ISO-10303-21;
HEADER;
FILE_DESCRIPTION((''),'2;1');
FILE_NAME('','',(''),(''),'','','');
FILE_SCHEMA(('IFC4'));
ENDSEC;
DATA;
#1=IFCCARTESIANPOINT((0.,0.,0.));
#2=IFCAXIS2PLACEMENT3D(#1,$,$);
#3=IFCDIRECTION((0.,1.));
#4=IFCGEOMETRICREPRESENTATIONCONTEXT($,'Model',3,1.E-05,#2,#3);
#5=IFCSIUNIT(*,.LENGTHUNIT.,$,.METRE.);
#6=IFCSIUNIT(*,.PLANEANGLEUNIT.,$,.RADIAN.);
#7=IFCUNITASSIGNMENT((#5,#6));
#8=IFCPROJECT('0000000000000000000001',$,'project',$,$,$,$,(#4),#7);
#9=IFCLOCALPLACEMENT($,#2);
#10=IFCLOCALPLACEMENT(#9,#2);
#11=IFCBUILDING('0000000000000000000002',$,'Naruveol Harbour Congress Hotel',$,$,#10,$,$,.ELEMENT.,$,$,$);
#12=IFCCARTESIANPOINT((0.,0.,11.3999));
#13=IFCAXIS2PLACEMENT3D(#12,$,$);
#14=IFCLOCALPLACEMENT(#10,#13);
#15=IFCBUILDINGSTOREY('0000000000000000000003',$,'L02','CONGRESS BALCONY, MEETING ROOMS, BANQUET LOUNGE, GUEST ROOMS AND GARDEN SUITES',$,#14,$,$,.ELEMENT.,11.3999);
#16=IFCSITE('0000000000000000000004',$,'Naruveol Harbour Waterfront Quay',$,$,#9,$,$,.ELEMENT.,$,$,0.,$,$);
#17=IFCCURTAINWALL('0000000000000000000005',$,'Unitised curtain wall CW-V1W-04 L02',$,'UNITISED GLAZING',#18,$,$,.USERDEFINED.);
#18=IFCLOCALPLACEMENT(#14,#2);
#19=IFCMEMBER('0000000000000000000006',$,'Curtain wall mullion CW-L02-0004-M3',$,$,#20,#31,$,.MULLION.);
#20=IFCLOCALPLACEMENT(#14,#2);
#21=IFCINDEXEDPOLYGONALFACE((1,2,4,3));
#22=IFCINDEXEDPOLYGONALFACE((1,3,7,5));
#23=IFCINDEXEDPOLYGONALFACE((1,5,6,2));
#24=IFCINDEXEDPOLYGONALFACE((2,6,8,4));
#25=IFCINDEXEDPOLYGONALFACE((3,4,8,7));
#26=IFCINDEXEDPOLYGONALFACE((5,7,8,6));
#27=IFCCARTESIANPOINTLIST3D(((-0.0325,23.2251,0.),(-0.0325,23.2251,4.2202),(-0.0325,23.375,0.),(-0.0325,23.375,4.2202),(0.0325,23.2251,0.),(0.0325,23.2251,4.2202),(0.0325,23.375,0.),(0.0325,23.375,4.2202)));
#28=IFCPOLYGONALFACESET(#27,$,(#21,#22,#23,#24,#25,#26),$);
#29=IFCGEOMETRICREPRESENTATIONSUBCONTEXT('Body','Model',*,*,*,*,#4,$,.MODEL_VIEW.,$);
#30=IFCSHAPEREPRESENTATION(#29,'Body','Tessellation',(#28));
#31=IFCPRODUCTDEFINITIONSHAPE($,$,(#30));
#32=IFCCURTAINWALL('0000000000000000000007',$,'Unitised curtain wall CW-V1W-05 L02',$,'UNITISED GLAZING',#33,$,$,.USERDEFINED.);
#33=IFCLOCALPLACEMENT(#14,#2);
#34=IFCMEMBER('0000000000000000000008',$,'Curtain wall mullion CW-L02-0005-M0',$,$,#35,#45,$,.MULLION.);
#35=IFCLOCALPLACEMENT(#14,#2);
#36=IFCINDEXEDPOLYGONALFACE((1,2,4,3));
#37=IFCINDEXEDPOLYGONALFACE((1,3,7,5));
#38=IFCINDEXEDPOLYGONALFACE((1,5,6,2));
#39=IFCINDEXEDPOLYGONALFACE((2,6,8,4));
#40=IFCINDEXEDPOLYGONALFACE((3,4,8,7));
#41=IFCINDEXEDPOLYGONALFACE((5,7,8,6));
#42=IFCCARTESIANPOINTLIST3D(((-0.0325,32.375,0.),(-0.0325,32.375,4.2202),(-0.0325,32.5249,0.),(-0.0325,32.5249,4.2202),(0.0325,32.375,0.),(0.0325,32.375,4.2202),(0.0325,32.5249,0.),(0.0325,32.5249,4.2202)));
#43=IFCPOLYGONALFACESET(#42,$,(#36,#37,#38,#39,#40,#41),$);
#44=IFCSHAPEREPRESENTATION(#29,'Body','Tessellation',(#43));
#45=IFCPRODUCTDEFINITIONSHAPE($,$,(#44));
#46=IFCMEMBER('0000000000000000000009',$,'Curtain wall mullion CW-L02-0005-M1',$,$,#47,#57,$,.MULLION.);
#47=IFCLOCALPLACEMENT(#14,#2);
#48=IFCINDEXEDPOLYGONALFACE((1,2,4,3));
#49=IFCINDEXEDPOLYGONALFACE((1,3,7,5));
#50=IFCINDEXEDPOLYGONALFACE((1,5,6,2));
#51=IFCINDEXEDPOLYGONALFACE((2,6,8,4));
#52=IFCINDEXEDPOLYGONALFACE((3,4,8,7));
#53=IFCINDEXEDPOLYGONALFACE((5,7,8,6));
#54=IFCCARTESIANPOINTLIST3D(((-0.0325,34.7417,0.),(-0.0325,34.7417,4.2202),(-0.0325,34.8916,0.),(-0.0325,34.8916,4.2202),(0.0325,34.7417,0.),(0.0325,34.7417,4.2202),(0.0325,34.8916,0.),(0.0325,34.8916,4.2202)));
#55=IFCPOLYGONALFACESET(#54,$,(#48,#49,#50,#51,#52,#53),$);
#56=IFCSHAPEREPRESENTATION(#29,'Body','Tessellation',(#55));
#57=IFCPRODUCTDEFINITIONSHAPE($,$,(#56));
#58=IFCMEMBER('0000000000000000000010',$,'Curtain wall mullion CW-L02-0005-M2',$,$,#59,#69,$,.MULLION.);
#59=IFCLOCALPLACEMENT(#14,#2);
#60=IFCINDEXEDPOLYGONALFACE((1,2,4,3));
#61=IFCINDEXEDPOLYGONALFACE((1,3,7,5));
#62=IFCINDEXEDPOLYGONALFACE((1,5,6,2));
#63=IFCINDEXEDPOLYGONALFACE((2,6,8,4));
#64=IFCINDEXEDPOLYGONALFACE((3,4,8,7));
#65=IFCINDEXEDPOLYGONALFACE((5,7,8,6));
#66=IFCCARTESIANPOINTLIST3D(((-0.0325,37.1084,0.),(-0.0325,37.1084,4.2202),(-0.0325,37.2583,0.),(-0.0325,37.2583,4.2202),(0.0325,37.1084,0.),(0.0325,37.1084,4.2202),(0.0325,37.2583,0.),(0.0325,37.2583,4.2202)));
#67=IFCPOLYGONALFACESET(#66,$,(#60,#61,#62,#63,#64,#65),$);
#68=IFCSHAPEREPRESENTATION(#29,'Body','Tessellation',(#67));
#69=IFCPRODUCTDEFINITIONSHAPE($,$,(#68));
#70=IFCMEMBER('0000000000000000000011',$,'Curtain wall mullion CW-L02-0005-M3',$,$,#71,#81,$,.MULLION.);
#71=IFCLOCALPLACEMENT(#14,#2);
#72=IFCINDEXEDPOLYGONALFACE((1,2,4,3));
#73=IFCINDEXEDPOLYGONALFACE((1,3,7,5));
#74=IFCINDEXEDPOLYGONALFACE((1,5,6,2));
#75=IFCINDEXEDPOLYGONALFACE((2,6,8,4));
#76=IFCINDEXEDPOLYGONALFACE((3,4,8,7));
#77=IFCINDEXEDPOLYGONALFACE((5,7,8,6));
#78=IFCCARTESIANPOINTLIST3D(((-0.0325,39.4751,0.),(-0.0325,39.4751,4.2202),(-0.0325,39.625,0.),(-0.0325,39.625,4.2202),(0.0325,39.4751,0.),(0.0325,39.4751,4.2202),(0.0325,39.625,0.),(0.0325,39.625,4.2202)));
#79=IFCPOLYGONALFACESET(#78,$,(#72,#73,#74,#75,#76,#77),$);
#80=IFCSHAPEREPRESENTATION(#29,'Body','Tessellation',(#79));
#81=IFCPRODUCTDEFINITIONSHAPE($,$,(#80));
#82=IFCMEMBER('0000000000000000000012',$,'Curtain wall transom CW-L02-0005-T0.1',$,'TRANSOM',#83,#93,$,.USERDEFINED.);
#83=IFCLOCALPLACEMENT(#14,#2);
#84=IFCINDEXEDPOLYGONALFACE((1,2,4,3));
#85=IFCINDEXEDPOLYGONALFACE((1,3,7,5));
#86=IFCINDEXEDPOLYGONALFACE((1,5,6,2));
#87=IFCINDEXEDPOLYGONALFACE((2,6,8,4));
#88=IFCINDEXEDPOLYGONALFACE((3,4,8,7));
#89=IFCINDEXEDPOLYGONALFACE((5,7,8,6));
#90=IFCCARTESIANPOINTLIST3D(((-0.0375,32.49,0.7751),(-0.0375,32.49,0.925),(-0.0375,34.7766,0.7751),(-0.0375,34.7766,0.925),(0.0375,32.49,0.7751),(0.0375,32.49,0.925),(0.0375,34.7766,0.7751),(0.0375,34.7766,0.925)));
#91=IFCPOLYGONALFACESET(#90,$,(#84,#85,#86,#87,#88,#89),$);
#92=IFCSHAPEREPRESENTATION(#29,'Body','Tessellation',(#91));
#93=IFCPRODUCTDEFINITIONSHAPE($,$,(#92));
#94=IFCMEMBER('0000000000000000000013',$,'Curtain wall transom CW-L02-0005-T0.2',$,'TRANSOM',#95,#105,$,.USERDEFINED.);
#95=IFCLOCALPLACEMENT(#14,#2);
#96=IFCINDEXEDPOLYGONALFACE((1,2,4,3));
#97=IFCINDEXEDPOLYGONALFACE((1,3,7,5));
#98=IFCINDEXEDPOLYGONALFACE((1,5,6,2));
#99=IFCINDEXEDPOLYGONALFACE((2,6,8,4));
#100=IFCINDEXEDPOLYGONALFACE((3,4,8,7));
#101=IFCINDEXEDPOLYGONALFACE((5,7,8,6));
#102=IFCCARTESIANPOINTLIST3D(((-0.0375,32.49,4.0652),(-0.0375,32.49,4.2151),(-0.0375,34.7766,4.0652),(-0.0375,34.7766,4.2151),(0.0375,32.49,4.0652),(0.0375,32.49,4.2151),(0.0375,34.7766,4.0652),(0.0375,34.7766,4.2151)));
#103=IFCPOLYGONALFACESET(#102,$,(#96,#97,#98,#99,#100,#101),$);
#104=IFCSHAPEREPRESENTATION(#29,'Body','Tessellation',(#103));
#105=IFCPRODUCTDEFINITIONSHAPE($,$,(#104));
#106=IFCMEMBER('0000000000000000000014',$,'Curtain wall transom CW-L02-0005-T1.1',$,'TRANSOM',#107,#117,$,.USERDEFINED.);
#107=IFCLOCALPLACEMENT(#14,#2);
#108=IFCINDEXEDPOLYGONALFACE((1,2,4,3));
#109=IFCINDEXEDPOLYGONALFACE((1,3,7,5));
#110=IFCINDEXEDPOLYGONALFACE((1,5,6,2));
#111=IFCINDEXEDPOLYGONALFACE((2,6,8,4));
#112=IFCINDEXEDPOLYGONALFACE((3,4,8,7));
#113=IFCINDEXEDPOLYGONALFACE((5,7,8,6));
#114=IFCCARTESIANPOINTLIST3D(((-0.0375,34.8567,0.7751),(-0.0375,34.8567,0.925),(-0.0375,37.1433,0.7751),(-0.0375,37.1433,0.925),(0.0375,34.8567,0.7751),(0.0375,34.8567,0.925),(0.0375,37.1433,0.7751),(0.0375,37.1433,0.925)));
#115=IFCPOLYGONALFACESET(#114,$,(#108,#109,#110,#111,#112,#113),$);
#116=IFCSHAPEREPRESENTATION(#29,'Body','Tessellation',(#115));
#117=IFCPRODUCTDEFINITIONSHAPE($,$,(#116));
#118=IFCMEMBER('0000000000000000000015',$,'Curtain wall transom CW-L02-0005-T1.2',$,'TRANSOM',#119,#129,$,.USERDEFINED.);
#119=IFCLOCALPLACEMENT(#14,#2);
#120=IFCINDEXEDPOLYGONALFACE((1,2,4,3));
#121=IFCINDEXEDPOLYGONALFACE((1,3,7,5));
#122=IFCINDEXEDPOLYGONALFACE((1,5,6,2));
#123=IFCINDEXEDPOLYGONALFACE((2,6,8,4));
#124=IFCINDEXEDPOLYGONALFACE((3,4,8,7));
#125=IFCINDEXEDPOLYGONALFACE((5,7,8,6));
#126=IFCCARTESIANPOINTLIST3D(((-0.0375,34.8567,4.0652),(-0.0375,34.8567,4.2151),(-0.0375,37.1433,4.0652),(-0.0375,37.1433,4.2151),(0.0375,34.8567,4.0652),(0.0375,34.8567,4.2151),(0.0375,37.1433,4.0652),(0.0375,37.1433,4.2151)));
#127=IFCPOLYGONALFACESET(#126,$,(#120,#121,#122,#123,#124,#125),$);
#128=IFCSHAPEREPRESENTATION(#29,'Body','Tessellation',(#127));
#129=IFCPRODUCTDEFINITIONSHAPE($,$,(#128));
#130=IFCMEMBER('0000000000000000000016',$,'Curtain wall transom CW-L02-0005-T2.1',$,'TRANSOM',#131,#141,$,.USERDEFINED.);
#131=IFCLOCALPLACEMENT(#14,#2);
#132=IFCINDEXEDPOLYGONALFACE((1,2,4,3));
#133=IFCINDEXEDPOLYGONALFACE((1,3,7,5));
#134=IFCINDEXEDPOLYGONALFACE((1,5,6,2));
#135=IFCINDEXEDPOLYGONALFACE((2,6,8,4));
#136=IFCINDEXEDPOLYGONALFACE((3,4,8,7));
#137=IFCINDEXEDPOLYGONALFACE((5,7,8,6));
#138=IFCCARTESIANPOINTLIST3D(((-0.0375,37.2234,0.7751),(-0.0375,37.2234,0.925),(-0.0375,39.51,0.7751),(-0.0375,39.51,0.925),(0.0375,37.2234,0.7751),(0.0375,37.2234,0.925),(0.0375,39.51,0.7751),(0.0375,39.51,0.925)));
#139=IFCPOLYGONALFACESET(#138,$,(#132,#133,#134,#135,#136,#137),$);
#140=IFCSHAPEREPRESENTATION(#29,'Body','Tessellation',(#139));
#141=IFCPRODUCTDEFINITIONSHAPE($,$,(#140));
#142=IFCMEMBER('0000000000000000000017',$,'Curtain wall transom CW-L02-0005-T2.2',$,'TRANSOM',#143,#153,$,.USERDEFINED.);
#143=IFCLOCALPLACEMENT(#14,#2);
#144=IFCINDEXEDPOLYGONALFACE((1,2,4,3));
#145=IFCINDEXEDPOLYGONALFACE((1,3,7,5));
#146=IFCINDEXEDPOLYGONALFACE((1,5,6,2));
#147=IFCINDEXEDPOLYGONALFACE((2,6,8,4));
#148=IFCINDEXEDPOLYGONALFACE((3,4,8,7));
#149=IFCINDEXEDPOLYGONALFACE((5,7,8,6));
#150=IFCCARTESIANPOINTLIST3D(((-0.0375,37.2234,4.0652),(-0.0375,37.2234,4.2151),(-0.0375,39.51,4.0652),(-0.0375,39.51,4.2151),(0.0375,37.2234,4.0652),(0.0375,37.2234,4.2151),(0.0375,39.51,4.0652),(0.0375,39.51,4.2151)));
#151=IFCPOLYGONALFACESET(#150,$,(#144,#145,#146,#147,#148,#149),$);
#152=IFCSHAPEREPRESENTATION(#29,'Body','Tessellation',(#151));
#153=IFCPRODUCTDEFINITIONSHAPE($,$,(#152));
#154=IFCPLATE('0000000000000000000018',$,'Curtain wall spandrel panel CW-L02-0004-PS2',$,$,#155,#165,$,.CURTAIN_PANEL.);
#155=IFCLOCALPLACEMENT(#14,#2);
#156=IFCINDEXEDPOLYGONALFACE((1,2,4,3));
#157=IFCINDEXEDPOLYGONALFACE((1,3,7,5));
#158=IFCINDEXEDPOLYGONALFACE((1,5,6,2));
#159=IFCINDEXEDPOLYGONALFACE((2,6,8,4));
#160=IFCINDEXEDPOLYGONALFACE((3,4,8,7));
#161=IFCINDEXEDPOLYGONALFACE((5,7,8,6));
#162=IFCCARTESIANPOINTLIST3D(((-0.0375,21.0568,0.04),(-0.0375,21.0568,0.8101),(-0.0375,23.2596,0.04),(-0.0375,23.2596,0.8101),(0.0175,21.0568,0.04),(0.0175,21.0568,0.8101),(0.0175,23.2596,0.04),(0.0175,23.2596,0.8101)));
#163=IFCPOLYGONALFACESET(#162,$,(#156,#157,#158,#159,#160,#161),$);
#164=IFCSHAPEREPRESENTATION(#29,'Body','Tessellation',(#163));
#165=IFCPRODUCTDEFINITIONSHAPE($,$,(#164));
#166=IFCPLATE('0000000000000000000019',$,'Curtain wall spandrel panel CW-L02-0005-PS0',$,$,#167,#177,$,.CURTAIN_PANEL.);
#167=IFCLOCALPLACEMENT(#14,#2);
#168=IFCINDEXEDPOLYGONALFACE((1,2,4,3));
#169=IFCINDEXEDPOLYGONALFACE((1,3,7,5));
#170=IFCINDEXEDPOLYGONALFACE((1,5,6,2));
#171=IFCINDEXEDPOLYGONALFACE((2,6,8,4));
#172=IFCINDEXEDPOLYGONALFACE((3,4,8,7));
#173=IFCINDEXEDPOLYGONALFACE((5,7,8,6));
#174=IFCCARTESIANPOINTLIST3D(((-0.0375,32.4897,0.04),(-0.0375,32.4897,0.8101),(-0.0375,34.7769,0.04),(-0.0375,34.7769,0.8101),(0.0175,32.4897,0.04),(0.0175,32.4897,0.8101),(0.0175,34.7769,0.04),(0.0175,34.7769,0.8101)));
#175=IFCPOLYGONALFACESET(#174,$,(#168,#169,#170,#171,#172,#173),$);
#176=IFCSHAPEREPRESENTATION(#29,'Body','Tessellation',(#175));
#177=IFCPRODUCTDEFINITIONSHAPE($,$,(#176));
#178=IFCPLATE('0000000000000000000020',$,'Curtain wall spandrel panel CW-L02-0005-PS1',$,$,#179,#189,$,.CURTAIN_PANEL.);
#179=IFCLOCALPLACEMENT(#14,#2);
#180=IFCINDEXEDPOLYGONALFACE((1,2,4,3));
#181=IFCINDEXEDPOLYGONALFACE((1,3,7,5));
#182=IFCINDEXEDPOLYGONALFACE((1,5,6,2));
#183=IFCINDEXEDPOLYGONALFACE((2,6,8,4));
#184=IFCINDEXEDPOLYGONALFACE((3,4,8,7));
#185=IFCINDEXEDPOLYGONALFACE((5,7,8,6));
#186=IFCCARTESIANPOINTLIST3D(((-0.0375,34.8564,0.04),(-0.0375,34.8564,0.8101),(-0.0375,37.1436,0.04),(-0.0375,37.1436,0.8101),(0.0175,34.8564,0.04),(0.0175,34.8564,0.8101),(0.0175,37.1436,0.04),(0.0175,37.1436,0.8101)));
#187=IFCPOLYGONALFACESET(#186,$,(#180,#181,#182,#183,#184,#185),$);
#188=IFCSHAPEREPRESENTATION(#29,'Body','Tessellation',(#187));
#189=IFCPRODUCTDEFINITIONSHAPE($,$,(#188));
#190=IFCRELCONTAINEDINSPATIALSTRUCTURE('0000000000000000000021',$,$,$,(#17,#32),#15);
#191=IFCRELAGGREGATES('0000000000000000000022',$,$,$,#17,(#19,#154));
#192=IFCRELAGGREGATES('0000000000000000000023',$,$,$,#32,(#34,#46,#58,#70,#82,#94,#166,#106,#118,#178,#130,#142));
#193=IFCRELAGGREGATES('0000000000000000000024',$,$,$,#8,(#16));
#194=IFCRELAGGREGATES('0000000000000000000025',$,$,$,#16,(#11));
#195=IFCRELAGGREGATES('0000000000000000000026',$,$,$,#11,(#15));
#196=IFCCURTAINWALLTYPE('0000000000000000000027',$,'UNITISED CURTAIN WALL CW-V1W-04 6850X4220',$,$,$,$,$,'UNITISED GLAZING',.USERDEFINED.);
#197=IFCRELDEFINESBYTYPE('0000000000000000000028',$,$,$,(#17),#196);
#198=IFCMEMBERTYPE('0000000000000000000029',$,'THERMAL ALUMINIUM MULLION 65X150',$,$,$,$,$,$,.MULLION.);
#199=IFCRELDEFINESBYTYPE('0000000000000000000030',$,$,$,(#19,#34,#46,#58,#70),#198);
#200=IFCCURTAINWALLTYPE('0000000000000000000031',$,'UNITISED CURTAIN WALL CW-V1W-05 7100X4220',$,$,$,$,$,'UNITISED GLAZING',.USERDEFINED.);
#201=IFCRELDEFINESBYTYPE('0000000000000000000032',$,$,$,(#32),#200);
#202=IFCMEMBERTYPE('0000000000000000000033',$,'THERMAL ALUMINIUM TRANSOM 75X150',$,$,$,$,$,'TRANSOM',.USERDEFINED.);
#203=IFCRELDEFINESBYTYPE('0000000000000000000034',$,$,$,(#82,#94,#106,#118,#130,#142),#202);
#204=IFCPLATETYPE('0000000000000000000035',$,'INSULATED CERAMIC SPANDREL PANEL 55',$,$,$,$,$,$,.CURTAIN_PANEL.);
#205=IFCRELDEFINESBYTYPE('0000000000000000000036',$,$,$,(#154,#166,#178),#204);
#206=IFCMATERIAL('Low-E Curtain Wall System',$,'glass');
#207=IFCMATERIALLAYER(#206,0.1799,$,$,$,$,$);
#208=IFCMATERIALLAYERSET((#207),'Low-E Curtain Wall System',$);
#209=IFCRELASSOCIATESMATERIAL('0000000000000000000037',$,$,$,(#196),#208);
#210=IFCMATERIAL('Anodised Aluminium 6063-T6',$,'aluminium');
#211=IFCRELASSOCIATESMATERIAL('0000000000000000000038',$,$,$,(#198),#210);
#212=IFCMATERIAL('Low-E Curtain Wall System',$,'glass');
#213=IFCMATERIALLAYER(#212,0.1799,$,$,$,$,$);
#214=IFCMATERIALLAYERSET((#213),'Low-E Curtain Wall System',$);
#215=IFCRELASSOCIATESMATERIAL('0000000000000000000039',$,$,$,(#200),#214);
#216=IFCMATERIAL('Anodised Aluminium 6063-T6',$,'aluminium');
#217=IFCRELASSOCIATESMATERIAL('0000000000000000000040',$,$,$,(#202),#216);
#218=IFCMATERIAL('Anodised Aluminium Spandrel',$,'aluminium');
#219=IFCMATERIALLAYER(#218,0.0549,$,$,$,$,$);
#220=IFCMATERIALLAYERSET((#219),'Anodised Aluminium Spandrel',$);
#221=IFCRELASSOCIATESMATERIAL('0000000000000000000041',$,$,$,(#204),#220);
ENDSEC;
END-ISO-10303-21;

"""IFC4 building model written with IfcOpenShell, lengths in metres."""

from ifc_helpers import new_model, si_unit, direction, frame, origin, origin_2d, place, context, subcontext, project, spatial, rectangle, extrude, material, layer, layer_set, material_profile, profile_set, type_object, element, aggregate, save


model = new_model("IFC4")

# Units and contexts
model_context = context("Model", 3, precision=1e-05, world=origin(), true_north=direction((0.0, 1.0)))
body_context = subcontext(model_context, "Body", "Model", "MODEL_VIEW")
ifc_project = project(units=[si_unit("LENGTHUNIT", "METRE"), si_unit("PLANEANGLEUNIT", "RADIAN")], contexts=[model_context])

# Site, building, storey
site_placement = place(None, origin())
site = spatial("IfcSite", under=ifc_project, at=site_placement, Name="Naruveol Harbour Waterfront Quay", CompositionType="ELEMENT", RefElevation=0.0)
building_placement = place(site_placement, origin())
building = spatial("IfcBuilding", under=site, at=building_placement, Name="Naruveol Harbour Congress Hotel", CompositionType="ELEMENT")
storey_placement = place(building_placement, frame((0.0, 0.0, 11.3999)))
storey = spatial("IfcBuildingStorey", under=building, at=storey_placement, Name="L02", Description="CONGRESS BALCONY, MEETING ROOMS, BANQUET LOUNGE, GUEST ROOMS AND GARDEN SUITES", CompositionType="ELEMENT", Elevation=11.3999)

# Curtain wall, member
ifc_material_1 = material(Name="Low-E Curtain Wall System", Category="glass")
ifc_layer_1 = layer(ifc_material_1, 0.1799)
ifc_layer_set_1 = layer_set([ifc_layer_1], Name="Low-E Curtain Wall System")
curtain_wall_type_1 = type_object("IfcCurtainWallType", Name="UNITISED CURTAIN WALL CW-V1W-04 6850X4220", ElementType="UNITISED GLAZING", PredefinedType="USERDEFINED", material=ifc_layer_set_1)
curtain_wall_1_placement = place(storey_placement, origin())
curtain_wall_1 = element("IfcCurtainWall", 1, at=curtain_wall_1_placement, inside=storey, type_object=curtain_wall_type_1, Name="Unitised curtain wall CW-V1W-04 L02", ObjectType="UNITISED GLAZING", PredefinedType="USERDEFINED")
ifc_material_2 = material(Name="Anodised Aluminium 6063-T6", Category="aluminium")
ifc_material_profile_1 = material_profile(ifc_material_2, rectangle(XDim=0.0649, YDim=0.1499, at=origin_2d()), Name="ALU-65x150")
ifc_profile_set_1 = profile_set([ifc_material_profile_1], Name="Anodised Aluminium 6063-T6")
member_type_1 = type_object("IfcMemberType", Name="THERMAL ALUMINIUM MULLION 65X150", PredefinedType="MULLION", material=ifc_profile_set_1)
member_1_placement = place(storey_placement, frame((0.0, 23.3, 0.0), z_axis=(0.0, 0.0, 1.0), x_axis=(1.0, 0.0, 0.0)))
member_1 = element("IfcMember", 2, at=member_1_placement, type_object=member_type_1, Name="Curtain wall mullion CW-L02-0004-M3", PredefinedType="MULLION", context=body_context, shape_type="SweptSolid", body=[
    extrude(rectangle(XDim=0.0649, YDim=0.1499, at=origin_2d()), origin(), (0.0, 0.0, 1.0), 4.2202),
])

# Curtain wall, members
ifc_material_3 = material(Name="Low-E Curtain Wall System", Category="glass")
ifc_layer_2 = layer(ifc_material_3, 0.1799)
ifc_layer_set_2 = layer_set([ifc_layer_2], Name="Low-E Curtain Wall System")
curtain_wall_type_2 = type_object("IfcCurtainWallType", Name="UNITISED CURTAIN WALL CW-V1W-05 7100X4220", ElementType="UNITISED GLAZING", PredefinedType="USERDEFINED", material=ifc_layer_set_2)
curtain_wall_2_placement = place(storey_placement, origin())
curtain_wall_2 = element("IfcCurtainWall", 3, at=curtain_wall_2_placement, inside=storey, type_object=curtain_wall_type_2, Name="Unitised curtain wall CW-V1W-05 L02", ObjectType="UNITISED GLAZING", PredefinedType="USERDEFINED")
member_2_placement = place(storey_placement, frame((0.0, 32.45, 0.0), z_axis=(0.0, 0.0, 1.0), x_axis=(1.0, 0.0, 0.0)))
member_2 = element("IfcMember", 4, at=member_2_placement, type_object=member_type_1, Name="Curtain wall mullion CW-L02-0005-M0", PredefinedType="MULLION", context=body_context, shape_type="SweptSolid", body=[
    extrude(rectangle(XDim=0.0649, YDim=0.1499, at=origin_2d()), origin(), (0.0, 0.0, 1.0), 4.2202),
])
member_3_placement = place(storey_placement, frame((0.0, 34.8167, 0.0), z_axis=(0.0, 0.0, 1.0), x_axis=(1.0, 0.0, 0.0)))
member_3 = element("IfcMember", 5, at=member_3_placement, type_object=member_type_1, Name="Curtain wall mullion CW-L02-0005-M1", PredefinedType="MULLION", context=body_context, shape_type="SweptSolid", body=[
    extrude(rectangle(XDim=0.0649, YDim=0.1499, at=origin_2d()), origin(), (0.0, 0.0, 1.0), 4.2202),
])
member_4_placement = place(storey_placement, frame((0.0, 37.1833, 0.0), z_axis=(0.0, 0.0, 1.0), x_axis=(1.0, 0.0, 0.0)))
member_4 = element("IfcMember", 6, at=member_4_placement, type_object=member_type_1, Name="Curtain wall mullion CW-L02-0005-M2", PredefinedType="MULLION", context=body_context, shape_type="SweptSolid", body=[
    extrude(rectangle(XDim=0.0649, YDim=0.1499, at=origin_2d()), origin(), (0.0, 0.0, 1.0), 4.2202),
])
member_5_placement = place(storey_placement, frame((0.0, 39.55, 0.0), z_axis=(0.0, 0.0, 1.0), x_axis=(1.0, 0.0, 0.0)))
member_5 = element("IfcMember", 7, at=member_5_placement, type_object=member_type_1, Name="Curtain wall mullion CW-L02-0005-M3", PredefinedType="MULLION", context=body_context, shape_type="SweptSolid", body=[
    extrude(rectangle(XDim=0.0649, YDim=0.1499, at=origin_2d()), origin(), (0.0, 0.0, 1.0), 4.2202),
])
ifc_material_4 = material(Name="Anodised Aluminium 6063-T6", Category="aluminium")
ifc_material_profile_2 = material_profile(ifc_material_4, rectangle(XDim=0.075, YDim=0.1499, at=origin_2d()), Name="ALU-75x150")
ifc_profile_set_2 = profile_set([ifc_material_profile_2], Name="Anodised Aluminium 6063-T6")
member_type_2 = type_object("IfcMemberType", Name="THERMAL ALUMINIUM TRANSOM 75X150", ElementType="TRANSOM", PredefinedType="USERDEFINED", material=ifc_profile_set_2)
member_6_placement = place(storey_placement, frame((0.0, 32.49, 0.8501), z_axis=(0.0, 1.0, 0.0), x_axis=(-1.0, 0.0, 0.0)))
member_6 = element("IfcMember", 8, at=member_6_placement, type_object=member_type_2, Name="Curtain wall transom CW-L02-0005-T0.1", ObjectType="TRANSOM", PredefinedType="USERDEFINED", context=body_context, shape_type="SweptSolid", body=[
    extrude(rectangle(XDim=0.075, YDim=0.1499, at=origin_2d()), origin(), (0.0, 0.0, 1.0), 2.2866),
])
member_7_placement = place(storey_placement, frame((0.0, 32.49, 4.1401), z_axis=(0.0, 1.0, 0.0), x_axis=(-1.0, 0.0, 0.0)))
member_7 = element("IfcMember", 9, at=member_7_placement, type_object=member_type_2, Name="Curtain wall transom CW-L02-0005-T0.2", ObjectType="TRANSOM", PredefinedType="USERDEFINED", context=body_context, shape_type="SweptSolid", body=[
    extrude(rectangle(XDim=0.075, YDim=0.1499, at=origin_2d()), origin(), (0.0, 0.0, 1.0), 2.2866),
])
member_8_placement = place(storey_placement, frame((0.0, 34.8567, 0.8501), z_axis=(0.0, 1.0, 0.0), x_axis=(-1.0, 0.0, 0.0)))
member_8 = element("IfcMember", 10, at=member_8_placement, type_object=member_type_2, Name="Curtain wall transom CW-L02-0005-T1.1", ObjectType="TRANSOM", PredefinedType="USERDEFINED", context=body_context, shape_type="SweptSolid", body=[
    extrude(rectangle(XDim=0.075, YDim=0.1499, at=origin_2d()), origin(), (0.0, 0.0, 1.0), 2.2866),
])
member_9_placement = place(storey_placement, frame((0.0, 34.8567, 4.1401), z_axis=(0.0, 1.0, 0.0), x_axis=(-1.0, 0.0, 0.0)))
member_9 = element("IfcMember", 11, at=member_9_placement, type_object=member_type_2, Name="Curtain wall transom CW-L02-0005-T1.2", ObjectType="TRANSOM", PredefinedType="USERDEFINED", context=body_context, shape_type="SweptSolid", body=[
    extrude(rectangle(XDim=0.075, YDim=0.1499, at=origin_2d()), origin(), (0.0, 0.0, 1.0), 2.2866),
])
member_10_placement = place(storey_placement, frame((0.0, 37.2234, 0.8501), z_axis=(0.0, 1.0, 0.0), x_axis=(-1.0, 0.0, 0.0)))
member_10 = element("IfcMember", 12, at=member_10_placement, type_object=member_type_2, Name="Curtain wall transom CW-L02-0005-T2.1", ObjectType="TRANSOM", PredefinedType="USERDEFINED", context=body_context, shape_type="SweptSolid", body=[
    extrude(rectangle(XDim=0.075, YDim=0.1499, at=origin_2d()), origin(), (0.0, 0.0, 1.0), 2.2866),
])
member_11_placement = place(storey_placement, frame((0.0, 37.2234, 4.1401), z_axis=(0.0, 1.0, 0.0), x_axis=(-1.0, 0.0, 0.0)))
member_11 = element("IfcMember", 13, at=member_11_placement, type_object=member_type_2, Name="Curtain wall transom CW-L02-0005-T2.2", ObjectType="TRANSOM", PredefinedType="USERDEFINED", context=body_context, shape_type="SweptSolid", body=[
    extrude(rectangle(XDim=0.075, YDim=0.1499, at=origin_2d()), origin(), (0.0, 0.0, 1.0), 2.2866),
])

# Plates
ifc_material_5 = material(Name="Anodised Aluminium Spandrel", Category="aluminium")
ifc_layer_3 = layer(ifc_material_5, 0.0549)
ifc_layer_set_3 = layer_set([ifc_layer_3], Name="Anodised Aluminium Spandrel")
plate_type_1 = type_object("IfcPlateType", Name="INSULATED CERAMIC SPANDREL PANEL 55", PredefinedType="CURTAIN_PANEL", material=ifc_layer_set_3)
plate_1_placement = place(storey_placement, frame((-0.01, 22.1582, 0.04), z_axis=(0.0, 0.0, 1.0), x_axis=(0.0, 1.0, 0.0)))
plate_1 = element("IfcPlate", 14, at=plate_1_placement, type_object=plate_type_1, Name="Curtain wall spandrel panel CW-L02-0004-PS2", PredefinedType="CURTAIN_PANEL", context=body_context, shape_type="SweptSolid", body=[
    extrude(rectangle(XDim=2.2029, YDim=0.0549, at=origin_2d()), origin(), (0.0, 0.0, 1.0), 0.77),
])
plate_2_placement = place(storey_placement, frame((-0.01, 33.6333, 0.04), z_axis=(0.0, 0.0, 1.0), x_axis=(0.0, 1.0, 0.0)))
plate_2 = element("IfcPlate", 15, at=plate_2_placement, type_object=plate_type_1, Name="Curtain wall spandrel panel CW-L02-0005-PS0", PredefinedType="CURTAIN_PANEL", context=body_context, shape_type="SweptSolid", body=[
    extrude(rectangle(XDim=2.2871, YDim=0.0549, at=origin_2d()), origin(), (0.0, 0.0, 1.0), 0.77),
])
plate_3_placement = place(storey_placement, frame((-0.01, 36.0, 0.04), z_axis=(0.0, 0.0, 1.0), x_axis=(0.0, 1.0, 0.0)))
plate_3 = element("IfcPlate", 16, at=plate_3_placement, type_object=plate_type_1, Name="Curtain wall spandrel panel CW-L02-0005-PS1", PredefinedType="CURTAIN_PANEL", context=body_context, shape_type="SweptSolid", body=[
    extrude(rectangle(XDim=2.2871, YDim=0.0549, at=origin_2d()), origin(), (0.0, 0.0, 1.0), 0.77),
])
aggregate(curtain_wall_1, [member_1, plate_1])
aggregate(curtain_wall_2, [member_2, member_3, member_4, member_5, member_6, member_7, plate_2, member_8, member_9, plate_3, member_10, member_11])

save(model, "model.ifc")
